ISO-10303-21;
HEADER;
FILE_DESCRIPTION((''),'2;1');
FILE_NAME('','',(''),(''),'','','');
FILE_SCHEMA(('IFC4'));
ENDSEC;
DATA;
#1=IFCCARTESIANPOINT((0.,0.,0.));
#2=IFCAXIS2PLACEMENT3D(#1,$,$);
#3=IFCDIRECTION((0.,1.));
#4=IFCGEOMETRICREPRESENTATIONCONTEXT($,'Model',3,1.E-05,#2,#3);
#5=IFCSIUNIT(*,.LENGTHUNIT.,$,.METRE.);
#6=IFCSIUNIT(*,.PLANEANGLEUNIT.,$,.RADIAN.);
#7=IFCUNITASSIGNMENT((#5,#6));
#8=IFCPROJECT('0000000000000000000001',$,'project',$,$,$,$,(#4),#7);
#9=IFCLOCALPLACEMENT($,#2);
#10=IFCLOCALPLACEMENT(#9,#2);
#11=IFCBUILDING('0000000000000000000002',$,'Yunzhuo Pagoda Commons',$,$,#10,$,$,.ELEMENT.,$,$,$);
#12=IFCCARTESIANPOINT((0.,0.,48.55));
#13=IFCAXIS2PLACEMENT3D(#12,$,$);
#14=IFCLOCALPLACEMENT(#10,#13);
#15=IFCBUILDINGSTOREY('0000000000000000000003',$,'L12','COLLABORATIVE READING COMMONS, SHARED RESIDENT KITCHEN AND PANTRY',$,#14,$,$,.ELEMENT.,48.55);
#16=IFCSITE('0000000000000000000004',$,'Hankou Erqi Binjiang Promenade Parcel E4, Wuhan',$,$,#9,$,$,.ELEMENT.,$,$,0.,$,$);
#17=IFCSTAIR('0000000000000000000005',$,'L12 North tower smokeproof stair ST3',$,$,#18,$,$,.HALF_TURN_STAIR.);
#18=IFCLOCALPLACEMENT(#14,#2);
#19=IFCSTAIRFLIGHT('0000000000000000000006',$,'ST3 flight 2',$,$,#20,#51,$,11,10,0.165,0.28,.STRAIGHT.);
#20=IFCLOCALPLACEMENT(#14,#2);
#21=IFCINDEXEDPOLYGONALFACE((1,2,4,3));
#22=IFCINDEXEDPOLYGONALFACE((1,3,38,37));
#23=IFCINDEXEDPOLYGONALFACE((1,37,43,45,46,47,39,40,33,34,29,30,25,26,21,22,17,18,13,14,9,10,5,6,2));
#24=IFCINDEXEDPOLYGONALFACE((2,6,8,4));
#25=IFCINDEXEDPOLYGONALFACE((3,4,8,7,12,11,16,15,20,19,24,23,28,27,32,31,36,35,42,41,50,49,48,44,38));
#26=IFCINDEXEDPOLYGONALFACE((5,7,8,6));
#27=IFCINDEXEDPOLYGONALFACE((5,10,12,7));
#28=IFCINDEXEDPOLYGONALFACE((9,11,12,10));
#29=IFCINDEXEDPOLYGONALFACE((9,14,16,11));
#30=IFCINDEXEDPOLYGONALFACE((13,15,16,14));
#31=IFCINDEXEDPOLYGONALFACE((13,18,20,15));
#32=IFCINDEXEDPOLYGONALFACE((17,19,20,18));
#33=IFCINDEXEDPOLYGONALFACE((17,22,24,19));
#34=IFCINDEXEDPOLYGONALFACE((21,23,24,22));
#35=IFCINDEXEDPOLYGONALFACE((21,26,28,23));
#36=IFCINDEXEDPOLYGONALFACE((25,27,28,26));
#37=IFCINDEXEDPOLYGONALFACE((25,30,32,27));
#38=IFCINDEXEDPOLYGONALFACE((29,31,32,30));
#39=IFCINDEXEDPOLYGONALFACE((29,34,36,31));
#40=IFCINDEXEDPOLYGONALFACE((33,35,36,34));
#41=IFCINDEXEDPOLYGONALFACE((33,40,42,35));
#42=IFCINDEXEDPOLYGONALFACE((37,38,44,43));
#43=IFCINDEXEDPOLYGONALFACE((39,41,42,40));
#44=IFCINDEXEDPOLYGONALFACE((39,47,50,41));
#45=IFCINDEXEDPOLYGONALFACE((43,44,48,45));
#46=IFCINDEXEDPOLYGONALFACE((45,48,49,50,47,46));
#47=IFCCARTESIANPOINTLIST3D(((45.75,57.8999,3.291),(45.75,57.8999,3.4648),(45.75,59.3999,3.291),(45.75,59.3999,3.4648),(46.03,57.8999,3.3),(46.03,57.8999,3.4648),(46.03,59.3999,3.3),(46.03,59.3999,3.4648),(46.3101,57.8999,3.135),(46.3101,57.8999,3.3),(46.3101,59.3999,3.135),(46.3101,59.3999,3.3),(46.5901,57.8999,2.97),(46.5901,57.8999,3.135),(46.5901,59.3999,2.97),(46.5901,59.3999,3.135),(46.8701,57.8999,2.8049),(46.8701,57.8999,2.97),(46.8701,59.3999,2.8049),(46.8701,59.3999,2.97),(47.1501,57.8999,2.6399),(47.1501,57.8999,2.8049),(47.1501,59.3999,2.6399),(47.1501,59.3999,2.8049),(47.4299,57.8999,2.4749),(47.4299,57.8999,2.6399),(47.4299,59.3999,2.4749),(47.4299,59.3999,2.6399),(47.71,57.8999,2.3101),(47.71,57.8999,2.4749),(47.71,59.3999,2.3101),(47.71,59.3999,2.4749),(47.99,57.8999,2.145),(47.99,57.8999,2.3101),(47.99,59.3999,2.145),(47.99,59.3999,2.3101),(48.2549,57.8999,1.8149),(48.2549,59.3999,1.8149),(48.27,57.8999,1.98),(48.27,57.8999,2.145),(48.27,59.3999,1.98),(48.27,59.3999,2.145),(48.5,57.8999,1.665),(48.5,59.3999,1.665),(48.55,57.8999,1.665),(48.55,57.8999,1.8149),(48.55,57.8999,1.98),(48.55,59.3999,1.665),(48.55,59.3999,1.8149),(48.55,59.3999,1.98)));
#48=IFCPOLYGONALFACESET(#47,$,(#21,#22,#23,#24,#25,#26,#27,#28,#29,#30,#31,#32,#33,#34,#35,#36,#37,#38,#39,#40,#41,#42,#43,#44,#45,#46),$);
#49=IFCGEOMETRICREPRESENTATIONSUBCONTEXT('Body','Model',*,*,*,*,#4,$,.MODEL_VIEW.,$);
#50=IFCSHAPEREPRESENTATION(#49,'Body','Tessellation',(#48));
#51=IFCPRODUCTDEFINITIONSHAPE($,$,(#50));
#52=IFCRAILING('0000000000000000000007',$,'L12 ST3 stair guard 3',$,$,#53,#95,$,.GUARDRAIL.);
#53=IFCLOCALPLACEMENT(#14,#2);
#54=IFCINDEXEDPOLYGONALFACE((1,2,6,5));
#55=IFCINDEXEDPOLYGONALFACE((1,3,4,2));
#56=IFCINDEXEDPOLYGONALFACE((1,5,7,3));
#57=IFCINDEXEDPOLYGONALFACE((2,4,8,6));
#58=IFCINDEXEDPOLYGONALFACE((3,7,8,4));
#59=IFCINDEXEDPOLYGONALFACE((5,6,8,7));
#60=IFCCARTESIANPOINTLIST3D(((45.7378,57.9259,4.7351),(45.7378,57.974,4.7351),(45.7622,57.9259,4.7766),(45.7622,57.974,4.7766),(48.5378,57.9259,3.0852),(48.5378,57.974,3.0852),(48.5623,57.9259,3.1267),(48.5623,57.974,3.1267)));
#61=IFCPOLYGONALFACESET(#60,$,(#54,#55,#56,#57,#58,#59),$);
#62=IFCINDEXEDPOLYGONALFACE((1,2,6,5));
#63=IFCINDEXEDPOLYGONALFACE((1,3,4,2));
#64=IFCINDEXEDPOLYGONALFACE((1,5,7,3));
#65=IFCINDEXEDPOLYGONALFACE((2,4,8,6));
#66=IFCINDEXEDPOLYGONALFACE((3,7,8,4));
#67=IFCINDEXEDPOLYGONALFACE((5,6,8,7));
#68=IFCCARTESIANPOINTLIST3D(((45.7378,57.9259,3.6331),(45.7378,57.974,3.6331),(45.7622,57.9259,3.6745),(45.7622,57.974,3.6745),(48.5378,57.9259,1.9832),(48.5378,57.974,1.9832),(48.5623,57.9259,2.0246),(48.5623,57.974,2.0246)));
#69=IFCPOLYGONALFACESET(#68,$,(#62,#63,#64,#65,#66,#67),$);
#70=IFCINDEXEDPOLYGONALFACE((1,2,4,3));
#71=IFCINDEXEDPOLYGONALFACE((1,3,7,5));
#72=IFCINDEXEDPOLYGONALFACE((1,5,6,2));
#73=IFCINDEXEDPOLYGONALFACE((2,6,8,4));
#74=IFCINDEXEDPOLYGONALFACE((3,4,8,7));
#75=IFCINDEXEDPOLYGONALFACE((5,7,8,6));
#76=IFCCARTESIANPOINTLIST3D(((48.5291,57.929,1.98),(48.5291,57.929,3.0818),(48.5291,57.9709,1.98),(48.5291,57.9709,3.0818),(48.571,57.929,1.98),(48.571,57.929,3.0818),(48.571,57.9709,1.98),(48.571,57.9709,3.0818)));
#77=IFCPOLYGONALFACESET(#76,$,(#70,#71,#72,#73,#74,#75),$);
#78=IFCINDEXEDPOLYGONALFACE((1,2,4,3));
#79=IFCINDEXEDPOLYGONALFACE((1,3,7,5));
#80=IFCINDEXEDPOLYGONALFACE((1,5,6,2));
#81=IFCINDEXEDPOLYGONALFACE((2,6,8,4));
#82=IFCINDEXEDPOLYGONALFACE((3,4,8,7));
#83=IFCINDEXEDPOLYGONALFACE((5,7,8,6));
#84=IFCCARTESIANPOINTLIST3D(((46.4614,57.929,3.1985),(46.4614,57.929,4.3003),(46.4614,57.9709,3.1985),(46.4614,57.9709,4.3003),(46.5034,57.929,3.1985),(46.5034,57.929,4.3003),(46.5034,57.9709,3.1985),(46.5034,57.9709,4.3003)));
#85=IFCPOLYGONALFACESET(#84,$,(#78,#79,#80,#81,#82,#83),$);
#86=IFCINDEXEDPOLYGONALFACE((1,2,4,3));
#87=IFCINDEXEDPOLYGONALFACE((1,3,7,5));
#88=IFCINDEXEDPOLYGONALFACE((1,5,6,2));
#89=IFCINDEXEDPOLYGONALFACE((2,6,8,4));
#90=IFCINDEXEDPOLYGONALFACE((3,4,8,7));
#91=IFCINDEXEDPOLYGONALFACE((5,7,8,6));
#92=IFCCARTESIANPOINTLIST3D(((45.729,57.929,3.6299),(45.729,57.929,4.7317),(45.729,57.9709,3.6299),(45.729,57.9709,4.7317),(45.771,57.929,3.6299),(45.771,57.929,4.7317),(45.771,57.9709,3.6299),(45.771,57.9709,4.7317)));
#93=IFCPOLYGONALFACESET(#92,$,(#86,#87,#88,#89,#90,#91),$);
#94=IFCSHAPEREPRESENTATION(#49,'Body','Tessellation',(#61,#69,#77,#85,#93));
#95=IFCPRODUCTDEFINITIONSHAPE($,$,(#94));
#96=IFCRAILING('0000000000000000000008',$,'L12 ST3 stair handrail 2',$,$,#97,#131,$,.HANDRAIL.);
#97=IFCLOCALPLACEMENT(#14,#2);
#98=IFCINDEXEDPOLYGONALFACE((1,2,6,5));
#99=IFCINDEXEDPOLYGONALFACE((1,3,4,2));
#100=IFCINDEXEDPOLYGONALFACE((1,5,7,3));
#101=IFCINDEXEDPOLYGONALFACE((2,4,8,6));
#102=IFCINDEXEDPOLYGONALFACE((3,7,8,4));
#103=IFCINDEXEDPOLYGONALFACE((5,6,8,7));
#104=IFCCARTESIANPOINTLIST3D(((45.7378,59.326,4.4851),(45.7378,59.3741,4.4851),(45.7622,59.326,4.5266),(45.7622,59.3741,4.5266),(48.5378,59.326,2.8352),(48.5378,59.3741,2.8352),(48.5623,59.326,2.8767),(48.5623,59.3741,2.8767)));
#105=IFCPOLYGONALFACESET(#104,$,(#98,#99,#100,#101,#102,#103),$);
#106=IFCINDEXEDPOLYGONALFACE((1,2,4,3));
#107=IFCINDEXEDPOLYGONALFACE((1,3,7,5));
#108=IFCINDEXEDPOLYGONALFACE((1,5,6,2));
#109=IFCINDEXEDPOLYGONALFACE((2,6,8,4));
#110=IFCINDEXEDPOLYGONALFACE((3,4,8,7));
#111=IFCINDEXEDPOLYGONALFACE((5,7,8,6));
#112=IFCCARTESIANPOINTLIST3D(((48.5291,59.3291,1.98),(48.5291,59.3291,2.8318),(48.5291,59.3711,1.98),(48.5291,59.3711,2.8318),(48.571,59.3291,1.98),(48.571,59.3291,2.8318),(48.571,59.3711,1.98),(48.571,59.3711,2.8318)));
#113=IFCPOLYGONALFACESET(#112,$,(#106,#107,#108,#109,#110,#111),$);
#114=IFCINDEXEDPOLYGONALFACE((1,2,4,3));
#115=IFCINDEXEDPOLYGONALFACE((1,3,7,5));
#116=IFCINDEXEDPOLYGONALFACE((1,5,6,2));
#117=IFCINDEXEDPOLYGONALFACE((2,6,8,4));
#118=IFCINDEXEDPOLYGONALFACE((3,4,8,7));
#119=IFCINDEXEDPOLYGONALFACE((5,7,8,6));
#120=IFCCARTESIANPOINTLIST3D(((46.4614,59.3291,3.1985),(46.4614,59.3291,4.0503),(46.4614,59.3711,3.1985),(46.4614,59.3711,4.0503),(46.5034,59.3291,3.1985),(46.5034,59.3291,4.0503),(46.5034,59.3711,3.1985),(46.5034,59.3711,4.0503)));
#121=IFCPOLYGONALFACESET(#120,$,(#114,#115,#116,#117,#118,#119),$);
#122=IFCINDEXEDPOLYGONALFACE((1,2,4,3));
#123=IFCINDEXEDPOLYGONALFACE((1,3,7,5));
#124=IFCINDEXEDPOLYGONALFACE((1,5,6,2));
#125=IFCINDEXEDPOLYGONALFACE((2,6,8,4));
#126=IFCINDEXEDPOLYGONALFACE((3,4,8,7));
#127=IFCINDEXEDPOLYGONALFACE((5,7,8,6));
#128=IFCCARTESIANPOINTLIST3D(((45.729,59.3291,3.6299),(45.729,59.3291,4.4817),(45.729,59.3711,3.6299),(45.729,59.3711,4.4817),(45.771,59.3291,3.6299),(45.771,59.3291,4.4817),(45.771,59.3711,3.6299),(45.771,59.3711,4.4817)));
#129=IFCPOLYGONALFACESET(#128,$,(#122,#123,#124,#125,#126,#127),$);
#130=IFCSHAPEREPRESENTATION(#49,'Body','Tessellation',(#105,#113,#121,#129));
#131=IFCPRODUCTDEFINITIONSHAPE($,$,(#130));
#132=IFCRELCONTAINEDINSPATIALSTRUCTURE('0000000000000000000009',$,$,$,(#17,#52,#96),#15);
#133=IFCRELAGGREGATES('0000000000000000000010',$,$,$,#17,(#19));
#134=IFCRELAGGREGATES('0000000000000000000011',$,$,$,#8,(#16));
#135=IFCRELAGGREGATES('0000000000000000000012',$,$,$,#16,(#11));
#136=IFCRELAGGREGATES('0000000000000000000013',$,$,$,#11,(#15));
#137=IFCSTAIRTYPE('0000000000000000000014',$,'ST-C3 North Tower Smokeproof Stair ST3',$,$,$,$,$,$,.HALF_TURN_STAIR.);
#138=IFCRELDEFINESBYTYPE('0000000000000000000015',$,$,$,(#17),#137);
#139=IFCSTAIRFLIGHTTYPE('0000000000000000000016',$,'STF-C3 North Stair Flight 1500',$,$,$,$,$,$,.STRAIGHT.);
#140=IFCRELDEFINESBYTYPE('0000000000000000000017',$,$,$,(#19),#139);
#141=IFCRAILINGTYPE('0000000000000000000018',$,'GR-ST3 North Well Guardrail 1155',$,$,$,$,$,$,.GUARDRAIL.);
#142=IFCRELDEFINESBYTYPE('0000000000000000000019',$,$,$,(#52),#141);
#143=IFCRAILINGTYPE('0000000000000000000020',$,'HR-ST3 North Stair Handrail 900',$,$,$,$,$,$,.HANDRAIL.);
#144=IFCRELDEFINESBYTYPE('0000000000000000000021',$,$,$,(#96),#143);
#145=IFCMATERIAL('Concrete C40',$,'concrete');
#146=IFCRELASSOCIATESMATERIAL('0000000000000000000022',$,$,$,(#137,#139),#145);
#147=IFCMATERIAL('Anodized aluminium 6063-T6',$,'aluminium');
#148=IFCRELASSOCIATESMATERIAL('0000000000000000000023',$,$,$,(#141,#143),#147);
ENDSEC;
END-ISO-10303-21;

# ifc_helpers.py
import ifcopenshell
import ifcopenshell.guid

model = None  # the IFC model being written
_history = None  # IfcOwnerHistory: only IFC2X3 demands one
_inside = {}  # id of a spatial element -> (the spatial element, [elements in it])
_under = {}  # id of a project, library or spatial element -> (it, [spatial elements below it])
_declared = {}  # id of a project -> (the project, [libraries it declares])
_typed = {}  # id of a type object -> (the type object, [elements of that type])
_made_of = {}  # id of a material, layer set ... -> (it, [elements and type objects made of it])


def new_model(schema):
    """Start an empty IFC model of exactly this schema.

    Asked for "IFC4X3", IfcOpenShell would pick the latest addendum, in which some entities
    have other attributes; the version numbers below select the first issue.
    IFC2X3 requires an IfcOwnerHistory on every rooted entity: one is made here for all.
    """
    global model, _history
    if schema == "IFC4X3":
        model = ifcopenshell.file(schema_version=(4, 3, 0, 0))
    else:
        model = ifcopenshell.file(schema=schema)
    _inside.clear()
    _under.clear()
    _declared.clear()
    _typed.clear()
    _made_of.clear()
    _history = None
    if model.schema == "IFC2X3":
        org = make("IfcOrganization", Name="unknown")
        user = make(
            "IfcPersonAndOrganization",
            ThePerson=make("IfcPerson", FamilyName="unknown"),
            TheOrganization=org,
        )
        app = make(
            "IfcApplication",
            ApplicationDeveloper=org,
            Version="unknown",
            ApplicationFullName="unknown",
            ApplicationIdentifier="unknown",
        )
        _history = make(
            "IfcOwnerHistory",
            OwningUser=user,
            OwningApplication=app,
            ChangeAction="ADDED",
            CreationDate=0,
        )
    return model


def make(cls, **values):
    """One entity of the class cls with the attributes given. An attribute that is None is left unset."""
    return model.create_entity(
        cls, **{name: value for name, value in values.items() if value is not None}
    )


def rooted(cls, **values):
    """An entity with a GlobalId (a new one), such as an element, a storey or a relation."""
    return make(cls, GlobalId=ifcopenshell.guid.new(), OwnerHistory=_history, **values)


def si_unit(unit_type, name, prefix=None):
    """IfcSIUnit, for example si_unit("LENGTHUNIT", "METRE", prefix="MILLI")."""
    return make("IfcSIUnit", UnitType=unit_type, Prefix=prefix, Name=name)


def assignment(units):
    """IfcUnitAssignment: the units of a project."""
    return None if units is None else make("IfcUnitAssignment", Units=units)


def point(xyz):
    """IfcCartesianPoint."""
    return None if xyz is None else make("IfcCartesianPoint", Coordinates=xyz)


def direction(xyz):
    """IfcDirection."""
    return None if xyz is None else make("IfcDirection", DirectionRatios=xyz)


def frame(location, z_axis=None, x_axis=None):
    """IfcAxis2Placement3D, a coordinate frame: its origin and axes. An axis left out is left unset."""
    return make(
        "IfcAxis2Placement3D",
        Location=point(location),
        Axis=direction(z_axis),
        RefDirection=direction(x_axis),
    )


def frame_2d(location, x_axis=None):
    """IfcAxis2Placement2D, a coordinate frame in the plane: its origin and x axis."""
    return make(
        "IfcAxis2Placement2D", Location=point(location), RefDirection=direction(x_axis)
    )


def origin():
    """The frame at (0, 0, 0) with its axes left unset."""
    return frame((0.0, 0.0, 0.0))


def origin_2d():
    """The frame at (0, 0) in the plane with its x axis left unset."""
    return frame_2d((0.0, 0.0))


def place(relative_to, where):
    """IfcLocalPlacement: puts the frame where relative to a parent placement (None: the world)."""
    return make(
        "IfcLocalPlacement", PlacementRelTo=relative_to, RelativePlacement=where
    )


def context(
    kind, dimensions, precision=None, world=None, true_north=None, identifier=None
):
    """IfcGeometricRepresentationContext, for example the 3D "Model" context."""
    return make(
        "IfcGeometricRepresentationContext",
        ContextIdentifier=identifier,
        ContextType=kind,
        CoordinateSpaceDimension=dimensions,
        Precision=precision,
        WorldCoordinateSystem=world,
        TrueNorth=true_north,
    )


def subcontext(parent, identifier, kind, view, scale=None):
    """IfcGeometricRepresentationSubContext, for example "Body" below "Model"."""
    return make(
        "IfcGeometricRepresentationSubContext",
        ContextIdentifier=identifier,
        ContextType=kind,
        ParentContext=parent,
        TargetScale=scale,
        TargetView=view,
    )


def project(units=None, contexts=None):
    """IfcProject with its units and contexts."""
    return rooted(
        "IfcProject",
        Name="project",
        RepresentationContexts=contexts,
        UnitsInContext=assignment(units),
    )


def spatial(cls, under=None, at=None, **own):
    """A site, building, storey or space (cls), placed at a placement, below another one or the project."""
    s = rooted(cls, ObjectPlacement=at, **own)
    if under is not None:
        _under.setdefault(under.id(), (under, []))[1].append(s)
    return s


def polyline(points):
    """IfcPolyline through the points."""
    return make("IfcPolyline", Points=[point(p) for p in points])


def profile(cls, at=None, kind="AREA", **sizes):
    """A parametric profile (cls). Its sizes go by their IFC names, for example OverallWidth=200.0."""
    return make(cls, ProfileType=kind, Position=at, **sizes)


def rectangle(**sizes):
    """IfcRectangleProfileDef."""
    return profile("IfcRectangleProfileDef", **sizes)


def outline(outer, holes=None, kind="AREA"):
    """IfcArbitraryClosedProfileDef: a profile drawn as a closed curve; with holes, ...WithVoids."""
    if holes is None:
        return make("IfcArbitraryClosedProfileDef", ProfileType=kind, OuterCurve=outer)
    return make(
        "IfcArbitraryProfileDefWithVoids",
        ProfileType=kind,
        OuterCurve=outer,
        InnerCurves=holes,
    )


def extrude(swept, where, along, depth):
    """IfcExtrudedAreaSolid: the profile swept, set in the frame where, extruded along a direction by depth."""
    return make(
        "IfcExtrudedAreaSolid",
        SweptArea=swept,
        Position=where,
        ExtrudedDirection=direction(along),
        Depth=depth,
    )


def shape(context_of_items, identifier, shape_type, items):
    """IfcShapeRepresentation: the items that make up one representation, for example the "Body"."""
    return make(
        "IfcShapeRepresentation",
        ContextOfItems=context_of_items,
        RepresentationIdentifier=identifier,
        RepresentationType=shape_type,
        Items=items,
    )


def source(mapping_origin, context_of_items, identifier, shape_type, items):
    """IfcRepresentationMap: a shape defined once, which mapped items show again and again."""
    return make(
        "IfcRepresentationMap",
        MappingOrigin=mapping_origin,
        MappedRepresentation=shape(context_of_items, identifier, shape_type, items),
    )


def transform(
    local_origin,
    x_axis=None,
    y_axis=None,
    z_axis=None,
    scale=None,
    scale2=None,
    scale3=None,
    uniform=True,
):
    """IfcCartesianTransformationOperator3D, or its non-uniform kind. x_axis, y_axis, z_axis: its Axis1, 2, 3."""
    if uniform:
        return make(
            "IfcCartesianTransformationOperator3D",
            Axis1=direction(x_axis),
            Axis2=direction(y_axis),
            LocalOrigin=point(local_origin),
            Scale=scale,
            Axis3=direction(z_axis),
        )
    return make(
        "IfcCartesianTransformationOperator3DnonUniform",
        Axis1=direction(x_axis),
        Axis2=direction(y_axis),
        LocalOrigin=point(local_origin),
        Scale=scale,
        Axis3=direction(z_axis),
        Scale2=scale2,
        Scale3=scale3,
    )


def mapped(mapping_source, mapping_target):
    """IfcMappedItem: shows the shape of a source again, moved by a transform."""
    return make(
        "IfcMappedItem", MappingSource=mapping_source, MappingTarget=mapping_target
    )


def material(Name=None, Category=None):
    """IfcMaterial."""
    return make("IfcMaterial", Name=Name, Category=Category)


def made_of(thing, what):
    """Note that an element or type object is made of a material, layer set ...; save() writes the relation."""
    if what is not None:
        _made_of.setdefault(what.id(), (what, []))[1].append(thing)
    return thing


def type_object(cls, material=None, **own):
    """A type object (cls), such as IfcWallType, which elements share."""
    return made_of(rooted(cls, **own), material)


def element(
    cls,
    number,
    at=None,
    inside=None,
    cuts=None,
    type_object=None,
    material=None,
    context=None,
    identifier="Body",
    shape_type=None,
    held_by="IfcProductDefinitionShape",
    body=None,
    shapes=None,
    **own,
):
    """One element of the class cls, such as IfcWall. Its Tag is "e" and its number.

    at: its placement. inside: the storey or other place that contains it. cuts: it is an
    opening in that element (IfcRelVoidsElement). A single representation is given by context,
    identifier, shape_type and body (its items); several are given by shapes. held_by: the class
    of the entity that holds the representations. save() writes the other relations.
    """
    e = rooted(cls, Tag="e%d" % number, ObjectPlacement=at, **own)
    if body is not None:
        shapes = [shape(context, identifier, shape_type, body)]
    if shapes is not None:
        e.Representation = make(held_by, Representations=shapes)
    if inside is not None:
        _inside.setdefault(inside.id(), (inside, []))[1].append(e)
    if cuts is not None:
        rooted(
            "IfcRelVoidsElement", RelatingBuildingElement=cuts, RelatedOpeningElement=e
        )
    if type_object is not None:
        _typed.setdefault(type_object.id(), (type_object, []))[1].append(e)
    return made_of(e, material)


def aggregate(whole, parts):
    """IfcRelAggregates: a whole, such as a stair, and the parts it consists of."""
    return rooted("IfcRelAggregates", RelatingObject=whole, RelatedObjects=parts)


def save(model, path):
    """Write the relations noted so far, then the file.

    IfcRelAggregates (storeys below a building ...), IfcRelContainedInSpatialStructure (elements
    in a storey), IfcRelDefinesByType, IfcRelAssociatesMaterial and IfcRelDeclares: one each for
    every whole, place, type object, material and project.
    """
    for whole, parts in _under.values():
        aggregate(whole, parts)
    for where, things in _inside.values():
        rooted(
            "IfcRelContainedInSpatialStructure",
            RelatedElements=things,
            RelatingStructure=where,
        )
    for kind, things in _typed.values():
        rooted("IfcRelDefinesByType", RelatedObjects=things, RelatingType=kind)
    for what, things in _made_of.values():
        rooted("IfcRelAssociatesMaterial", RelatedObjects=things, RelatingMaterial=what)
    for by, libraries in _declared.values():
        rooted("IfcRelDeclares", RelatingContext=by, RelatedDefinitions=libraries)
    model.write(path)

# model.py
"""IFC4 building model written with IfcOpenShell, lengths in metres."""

from ifc_helpers import new_model, si_unit, direction, frame, origin, origin_2d, place, context, subcontext, project, spatial, polyline, rectangle, outline, extrude, source, transform, mapped, material, type_object, element, aggregate, save


model = new_model("IFC4")

# Units and contexts
model_context = context("Model", 3, precision=1e-05, world=origin(), true_north=direction((0.0, 1.0)))
body_context = subcontext(model_context, "Body", "Model", "MODEL_VIEW")
ifc_project = project(units=[si_unit("LENGTHUNIT", "METRE"), si_unit("PLANEANGLEUNIT", "RADIAN")], contexts=[model_context])

# Site, building, storey
site_placement = place(None, origin())
site = spatial("IfcSite", under=ifc_project, at=site_placement, Name="Hankou Erqi Binjiang Promenade Parcel E4, Wuhan", CompositionType="ELEMENT", RefElevation=0.0)
building_placement = place(site_placement, origin())
building = spatial("IfcBuilding", under=site, at=building_placement, Name="Yunzhuo Pagoda Commons", CompositionType="ELEMENT")
storey_placement = place(building_placement, frame((0.0, 0.0, 48.55)))
storey = spatial("IfcBuildingStorey", under=building, at=storey_placement, Name="L12", Description="COLLABORATIVE READING COMMONS, SHARED RESIDENT KITCHEN AND PANTRY", CompositionType="ELEMENT", Elevation=48.55)

# Shared definitions
ifc_material_1 = material(Name="Anodized aluminium 6063-T6", Category="aluminium")

# Stair, stair flight
ifc_material_2 = material(Name="Concrete C40", Category="concrete")
stair_type = type_object("IfcStairType", Name="ST-C3 North Tower Smokeproof Stair ST3", PredefinedType="HALF_TURN_STAIR", material=ifc_material_2)
stair_placement = place(storey_placement, origin())
stair = element("IfcStair", 1, at=stair_placement, inside=storey, type_object=stair_type, Name="L12 North tower smokeproof stair ST3", PredefinedType="HALF_TURN_STAIR")
stair_flight_type = type_object("IfcStairFlightType", Name="STF-C3 North Stair Flight 1500", PredefinedType="STRAIGHT", material=ifc_material_2)
shared_shape_1 = source(origin(), body_context, "Body", "SweptSolid", [
    extrude(outline(polyline([(0.0, -0.1499), (0.0, 0.0), (0.0, 0.165), (0.28, 0.165), (0.28, 0.3301), (0.5601, 0.3301), (0.5601, 0.4951), (0.8401, 0.4951), (0.8401, 0.6599), (1.1201, 0.6599), (1.1201, 0.825), (1.3999, 0.825), (1.3999, 0.99), (1.6799, 0.99), (1.6799, 1.155), (1.96, 1.155), (1.96, 1.3201), (2.24, 1.3201), (2.24, 1.4851), (2.52, 1.4851), (2.52, 1.6499), (2.8, 1.6499), (2.8, 1.8149), (2.8, 1.4761), (0.2952, 0.0), (0.05, -0.1499), (0.0, -0.1499)])), frame((0.0, 0.75, 0.0), z_axis=(0.0, -1.0, 0.0), x_axis=(1.0, 0.0, 0.0)), (0.0, 0.0, 1.0), 1.5),
])
stair_flight_placement = place(storey_placement, frame((48.55, 58.6499, 1.8149), z_axis=(0.0, 0.0, 1.0), x_axis=(-1.0, 0.0, 0.0)))
stair_flight = element("IfcStairFlight", 2, at=stair_flight_placement, type_object=stair_flight_type, Name="ST3 flight 2", NumberOfRisers=11, NumberOfTreads=10, PredefinedType="STRAIGHT", RiserHeight=0.165, TreadLength=0.28, context=body_context, shape_type="MappedRepresentation", body=[
    mapped(shared_shape_1, transform((0.0, 0.0, 0.0), scale=1.0)),
])
aggregate(stair, [stair_flight])

# Railings
railing_type_1 = type_object("IfcRailingType", Name="GR-ST3 North Well Guardrail 1155", PredefinedType="GUARDRAIL", material=ifc_material_1)
railing_1_placement = place(storey_placement, frame((48.55, 57.95, 1.98)))
element("IfcRailing", 3, at=railing_1_placement, inside=storey, type_object=railing_type_1, Name="L12 ST3 stair guard 3", PredefinedType="GUARDRAIL", context=body_context, shape_type="SweptSolid", body=[
    extrude(rectangle(XDim=0.0481, YDim=0.0481, at=origin_2d()), frame((0.0, 0.0, 1.126), z_axis=(-0.861555, 0.0, 0.507663), x_axis=(0.0, -1.0, 0.0)), (0.0, 0.0, 1.0), 3.25),
    extrude(rectangle(XDim=0.0481, YDim=0.0481, at=origin_2d()), frame((0.0, 0.0, 0.0239), z_axis=(-0.861555, 0.0, 0.507663), x_axis=(0.0, -1.0, 0.0)), (0.0, 0.0, 1.0), 3.25),
    extrude(rectangle(XDim=0.042, YDim=0.042, at=origin_2d()), origin(), (0.0, 0.0, 1.0), 1.1018),
    extrude(rectangle(XDim=0.042, YDim=0.042, at=origin_2d()), frame((-2.0676, 0.0, 1.2185)), (0.0, 0.0, 1.0), 1.1018),
    extrude(rectangle(XDim=0.042, YDim=0.042, at=origin_2d()), frame((-2.8, 0.0, 1.6499)), (0.0, 0.0, 1.0), 1.1018),
])
railing_type_2 = type_object("IfcRailingType", Name="HR-ST3 North Stair Handrail 900", PredefinedType="HANDRAIL", material=ifc_material_1)
railing_2_placement = place(storey_placement, frame((48.55, 59.3501, 1.98)))
element("IfcRailing", 4, at=railing_2_placement, inside=storey, type_object=railing_type_2, Name="L12 ST3 stair handrail 2", PredefinedType="HANDRAIL", context=body_context, shape_type="SweptSolid", body=[
    extrude(rectangle(XDim=0.0481, YDim=0.0481, at=origin_2d()), frame((0.0, 0.0, 0.876), z_axis=(-0.861555, 0.0, 0.507663), x_axis=(0.0, -1.0, 0.0)), (0.0, 0.0, 1.0), 3.25),
    extrude(rectangle(XDim=0.042, YDim=0.042, at=origin_2d()), origin(), (0.0, 0.0, 1.0), 0.8518),
    extrude(rectangle(XDim=0.042, YDim=0.042, at=origin_2d()), frame((-2.0676, 0.0, 1.2185)), (0.0, 0.0, 1.0), 0.8518),
    extrude(rectangle(XDim=0.042, YDim=0.042, at=origin_2d()), frame((-2.8, 0.0, 1.6499)), (0.0, 0.0, 1.0), 0.8518),
])

save(model, "model.ifc")
